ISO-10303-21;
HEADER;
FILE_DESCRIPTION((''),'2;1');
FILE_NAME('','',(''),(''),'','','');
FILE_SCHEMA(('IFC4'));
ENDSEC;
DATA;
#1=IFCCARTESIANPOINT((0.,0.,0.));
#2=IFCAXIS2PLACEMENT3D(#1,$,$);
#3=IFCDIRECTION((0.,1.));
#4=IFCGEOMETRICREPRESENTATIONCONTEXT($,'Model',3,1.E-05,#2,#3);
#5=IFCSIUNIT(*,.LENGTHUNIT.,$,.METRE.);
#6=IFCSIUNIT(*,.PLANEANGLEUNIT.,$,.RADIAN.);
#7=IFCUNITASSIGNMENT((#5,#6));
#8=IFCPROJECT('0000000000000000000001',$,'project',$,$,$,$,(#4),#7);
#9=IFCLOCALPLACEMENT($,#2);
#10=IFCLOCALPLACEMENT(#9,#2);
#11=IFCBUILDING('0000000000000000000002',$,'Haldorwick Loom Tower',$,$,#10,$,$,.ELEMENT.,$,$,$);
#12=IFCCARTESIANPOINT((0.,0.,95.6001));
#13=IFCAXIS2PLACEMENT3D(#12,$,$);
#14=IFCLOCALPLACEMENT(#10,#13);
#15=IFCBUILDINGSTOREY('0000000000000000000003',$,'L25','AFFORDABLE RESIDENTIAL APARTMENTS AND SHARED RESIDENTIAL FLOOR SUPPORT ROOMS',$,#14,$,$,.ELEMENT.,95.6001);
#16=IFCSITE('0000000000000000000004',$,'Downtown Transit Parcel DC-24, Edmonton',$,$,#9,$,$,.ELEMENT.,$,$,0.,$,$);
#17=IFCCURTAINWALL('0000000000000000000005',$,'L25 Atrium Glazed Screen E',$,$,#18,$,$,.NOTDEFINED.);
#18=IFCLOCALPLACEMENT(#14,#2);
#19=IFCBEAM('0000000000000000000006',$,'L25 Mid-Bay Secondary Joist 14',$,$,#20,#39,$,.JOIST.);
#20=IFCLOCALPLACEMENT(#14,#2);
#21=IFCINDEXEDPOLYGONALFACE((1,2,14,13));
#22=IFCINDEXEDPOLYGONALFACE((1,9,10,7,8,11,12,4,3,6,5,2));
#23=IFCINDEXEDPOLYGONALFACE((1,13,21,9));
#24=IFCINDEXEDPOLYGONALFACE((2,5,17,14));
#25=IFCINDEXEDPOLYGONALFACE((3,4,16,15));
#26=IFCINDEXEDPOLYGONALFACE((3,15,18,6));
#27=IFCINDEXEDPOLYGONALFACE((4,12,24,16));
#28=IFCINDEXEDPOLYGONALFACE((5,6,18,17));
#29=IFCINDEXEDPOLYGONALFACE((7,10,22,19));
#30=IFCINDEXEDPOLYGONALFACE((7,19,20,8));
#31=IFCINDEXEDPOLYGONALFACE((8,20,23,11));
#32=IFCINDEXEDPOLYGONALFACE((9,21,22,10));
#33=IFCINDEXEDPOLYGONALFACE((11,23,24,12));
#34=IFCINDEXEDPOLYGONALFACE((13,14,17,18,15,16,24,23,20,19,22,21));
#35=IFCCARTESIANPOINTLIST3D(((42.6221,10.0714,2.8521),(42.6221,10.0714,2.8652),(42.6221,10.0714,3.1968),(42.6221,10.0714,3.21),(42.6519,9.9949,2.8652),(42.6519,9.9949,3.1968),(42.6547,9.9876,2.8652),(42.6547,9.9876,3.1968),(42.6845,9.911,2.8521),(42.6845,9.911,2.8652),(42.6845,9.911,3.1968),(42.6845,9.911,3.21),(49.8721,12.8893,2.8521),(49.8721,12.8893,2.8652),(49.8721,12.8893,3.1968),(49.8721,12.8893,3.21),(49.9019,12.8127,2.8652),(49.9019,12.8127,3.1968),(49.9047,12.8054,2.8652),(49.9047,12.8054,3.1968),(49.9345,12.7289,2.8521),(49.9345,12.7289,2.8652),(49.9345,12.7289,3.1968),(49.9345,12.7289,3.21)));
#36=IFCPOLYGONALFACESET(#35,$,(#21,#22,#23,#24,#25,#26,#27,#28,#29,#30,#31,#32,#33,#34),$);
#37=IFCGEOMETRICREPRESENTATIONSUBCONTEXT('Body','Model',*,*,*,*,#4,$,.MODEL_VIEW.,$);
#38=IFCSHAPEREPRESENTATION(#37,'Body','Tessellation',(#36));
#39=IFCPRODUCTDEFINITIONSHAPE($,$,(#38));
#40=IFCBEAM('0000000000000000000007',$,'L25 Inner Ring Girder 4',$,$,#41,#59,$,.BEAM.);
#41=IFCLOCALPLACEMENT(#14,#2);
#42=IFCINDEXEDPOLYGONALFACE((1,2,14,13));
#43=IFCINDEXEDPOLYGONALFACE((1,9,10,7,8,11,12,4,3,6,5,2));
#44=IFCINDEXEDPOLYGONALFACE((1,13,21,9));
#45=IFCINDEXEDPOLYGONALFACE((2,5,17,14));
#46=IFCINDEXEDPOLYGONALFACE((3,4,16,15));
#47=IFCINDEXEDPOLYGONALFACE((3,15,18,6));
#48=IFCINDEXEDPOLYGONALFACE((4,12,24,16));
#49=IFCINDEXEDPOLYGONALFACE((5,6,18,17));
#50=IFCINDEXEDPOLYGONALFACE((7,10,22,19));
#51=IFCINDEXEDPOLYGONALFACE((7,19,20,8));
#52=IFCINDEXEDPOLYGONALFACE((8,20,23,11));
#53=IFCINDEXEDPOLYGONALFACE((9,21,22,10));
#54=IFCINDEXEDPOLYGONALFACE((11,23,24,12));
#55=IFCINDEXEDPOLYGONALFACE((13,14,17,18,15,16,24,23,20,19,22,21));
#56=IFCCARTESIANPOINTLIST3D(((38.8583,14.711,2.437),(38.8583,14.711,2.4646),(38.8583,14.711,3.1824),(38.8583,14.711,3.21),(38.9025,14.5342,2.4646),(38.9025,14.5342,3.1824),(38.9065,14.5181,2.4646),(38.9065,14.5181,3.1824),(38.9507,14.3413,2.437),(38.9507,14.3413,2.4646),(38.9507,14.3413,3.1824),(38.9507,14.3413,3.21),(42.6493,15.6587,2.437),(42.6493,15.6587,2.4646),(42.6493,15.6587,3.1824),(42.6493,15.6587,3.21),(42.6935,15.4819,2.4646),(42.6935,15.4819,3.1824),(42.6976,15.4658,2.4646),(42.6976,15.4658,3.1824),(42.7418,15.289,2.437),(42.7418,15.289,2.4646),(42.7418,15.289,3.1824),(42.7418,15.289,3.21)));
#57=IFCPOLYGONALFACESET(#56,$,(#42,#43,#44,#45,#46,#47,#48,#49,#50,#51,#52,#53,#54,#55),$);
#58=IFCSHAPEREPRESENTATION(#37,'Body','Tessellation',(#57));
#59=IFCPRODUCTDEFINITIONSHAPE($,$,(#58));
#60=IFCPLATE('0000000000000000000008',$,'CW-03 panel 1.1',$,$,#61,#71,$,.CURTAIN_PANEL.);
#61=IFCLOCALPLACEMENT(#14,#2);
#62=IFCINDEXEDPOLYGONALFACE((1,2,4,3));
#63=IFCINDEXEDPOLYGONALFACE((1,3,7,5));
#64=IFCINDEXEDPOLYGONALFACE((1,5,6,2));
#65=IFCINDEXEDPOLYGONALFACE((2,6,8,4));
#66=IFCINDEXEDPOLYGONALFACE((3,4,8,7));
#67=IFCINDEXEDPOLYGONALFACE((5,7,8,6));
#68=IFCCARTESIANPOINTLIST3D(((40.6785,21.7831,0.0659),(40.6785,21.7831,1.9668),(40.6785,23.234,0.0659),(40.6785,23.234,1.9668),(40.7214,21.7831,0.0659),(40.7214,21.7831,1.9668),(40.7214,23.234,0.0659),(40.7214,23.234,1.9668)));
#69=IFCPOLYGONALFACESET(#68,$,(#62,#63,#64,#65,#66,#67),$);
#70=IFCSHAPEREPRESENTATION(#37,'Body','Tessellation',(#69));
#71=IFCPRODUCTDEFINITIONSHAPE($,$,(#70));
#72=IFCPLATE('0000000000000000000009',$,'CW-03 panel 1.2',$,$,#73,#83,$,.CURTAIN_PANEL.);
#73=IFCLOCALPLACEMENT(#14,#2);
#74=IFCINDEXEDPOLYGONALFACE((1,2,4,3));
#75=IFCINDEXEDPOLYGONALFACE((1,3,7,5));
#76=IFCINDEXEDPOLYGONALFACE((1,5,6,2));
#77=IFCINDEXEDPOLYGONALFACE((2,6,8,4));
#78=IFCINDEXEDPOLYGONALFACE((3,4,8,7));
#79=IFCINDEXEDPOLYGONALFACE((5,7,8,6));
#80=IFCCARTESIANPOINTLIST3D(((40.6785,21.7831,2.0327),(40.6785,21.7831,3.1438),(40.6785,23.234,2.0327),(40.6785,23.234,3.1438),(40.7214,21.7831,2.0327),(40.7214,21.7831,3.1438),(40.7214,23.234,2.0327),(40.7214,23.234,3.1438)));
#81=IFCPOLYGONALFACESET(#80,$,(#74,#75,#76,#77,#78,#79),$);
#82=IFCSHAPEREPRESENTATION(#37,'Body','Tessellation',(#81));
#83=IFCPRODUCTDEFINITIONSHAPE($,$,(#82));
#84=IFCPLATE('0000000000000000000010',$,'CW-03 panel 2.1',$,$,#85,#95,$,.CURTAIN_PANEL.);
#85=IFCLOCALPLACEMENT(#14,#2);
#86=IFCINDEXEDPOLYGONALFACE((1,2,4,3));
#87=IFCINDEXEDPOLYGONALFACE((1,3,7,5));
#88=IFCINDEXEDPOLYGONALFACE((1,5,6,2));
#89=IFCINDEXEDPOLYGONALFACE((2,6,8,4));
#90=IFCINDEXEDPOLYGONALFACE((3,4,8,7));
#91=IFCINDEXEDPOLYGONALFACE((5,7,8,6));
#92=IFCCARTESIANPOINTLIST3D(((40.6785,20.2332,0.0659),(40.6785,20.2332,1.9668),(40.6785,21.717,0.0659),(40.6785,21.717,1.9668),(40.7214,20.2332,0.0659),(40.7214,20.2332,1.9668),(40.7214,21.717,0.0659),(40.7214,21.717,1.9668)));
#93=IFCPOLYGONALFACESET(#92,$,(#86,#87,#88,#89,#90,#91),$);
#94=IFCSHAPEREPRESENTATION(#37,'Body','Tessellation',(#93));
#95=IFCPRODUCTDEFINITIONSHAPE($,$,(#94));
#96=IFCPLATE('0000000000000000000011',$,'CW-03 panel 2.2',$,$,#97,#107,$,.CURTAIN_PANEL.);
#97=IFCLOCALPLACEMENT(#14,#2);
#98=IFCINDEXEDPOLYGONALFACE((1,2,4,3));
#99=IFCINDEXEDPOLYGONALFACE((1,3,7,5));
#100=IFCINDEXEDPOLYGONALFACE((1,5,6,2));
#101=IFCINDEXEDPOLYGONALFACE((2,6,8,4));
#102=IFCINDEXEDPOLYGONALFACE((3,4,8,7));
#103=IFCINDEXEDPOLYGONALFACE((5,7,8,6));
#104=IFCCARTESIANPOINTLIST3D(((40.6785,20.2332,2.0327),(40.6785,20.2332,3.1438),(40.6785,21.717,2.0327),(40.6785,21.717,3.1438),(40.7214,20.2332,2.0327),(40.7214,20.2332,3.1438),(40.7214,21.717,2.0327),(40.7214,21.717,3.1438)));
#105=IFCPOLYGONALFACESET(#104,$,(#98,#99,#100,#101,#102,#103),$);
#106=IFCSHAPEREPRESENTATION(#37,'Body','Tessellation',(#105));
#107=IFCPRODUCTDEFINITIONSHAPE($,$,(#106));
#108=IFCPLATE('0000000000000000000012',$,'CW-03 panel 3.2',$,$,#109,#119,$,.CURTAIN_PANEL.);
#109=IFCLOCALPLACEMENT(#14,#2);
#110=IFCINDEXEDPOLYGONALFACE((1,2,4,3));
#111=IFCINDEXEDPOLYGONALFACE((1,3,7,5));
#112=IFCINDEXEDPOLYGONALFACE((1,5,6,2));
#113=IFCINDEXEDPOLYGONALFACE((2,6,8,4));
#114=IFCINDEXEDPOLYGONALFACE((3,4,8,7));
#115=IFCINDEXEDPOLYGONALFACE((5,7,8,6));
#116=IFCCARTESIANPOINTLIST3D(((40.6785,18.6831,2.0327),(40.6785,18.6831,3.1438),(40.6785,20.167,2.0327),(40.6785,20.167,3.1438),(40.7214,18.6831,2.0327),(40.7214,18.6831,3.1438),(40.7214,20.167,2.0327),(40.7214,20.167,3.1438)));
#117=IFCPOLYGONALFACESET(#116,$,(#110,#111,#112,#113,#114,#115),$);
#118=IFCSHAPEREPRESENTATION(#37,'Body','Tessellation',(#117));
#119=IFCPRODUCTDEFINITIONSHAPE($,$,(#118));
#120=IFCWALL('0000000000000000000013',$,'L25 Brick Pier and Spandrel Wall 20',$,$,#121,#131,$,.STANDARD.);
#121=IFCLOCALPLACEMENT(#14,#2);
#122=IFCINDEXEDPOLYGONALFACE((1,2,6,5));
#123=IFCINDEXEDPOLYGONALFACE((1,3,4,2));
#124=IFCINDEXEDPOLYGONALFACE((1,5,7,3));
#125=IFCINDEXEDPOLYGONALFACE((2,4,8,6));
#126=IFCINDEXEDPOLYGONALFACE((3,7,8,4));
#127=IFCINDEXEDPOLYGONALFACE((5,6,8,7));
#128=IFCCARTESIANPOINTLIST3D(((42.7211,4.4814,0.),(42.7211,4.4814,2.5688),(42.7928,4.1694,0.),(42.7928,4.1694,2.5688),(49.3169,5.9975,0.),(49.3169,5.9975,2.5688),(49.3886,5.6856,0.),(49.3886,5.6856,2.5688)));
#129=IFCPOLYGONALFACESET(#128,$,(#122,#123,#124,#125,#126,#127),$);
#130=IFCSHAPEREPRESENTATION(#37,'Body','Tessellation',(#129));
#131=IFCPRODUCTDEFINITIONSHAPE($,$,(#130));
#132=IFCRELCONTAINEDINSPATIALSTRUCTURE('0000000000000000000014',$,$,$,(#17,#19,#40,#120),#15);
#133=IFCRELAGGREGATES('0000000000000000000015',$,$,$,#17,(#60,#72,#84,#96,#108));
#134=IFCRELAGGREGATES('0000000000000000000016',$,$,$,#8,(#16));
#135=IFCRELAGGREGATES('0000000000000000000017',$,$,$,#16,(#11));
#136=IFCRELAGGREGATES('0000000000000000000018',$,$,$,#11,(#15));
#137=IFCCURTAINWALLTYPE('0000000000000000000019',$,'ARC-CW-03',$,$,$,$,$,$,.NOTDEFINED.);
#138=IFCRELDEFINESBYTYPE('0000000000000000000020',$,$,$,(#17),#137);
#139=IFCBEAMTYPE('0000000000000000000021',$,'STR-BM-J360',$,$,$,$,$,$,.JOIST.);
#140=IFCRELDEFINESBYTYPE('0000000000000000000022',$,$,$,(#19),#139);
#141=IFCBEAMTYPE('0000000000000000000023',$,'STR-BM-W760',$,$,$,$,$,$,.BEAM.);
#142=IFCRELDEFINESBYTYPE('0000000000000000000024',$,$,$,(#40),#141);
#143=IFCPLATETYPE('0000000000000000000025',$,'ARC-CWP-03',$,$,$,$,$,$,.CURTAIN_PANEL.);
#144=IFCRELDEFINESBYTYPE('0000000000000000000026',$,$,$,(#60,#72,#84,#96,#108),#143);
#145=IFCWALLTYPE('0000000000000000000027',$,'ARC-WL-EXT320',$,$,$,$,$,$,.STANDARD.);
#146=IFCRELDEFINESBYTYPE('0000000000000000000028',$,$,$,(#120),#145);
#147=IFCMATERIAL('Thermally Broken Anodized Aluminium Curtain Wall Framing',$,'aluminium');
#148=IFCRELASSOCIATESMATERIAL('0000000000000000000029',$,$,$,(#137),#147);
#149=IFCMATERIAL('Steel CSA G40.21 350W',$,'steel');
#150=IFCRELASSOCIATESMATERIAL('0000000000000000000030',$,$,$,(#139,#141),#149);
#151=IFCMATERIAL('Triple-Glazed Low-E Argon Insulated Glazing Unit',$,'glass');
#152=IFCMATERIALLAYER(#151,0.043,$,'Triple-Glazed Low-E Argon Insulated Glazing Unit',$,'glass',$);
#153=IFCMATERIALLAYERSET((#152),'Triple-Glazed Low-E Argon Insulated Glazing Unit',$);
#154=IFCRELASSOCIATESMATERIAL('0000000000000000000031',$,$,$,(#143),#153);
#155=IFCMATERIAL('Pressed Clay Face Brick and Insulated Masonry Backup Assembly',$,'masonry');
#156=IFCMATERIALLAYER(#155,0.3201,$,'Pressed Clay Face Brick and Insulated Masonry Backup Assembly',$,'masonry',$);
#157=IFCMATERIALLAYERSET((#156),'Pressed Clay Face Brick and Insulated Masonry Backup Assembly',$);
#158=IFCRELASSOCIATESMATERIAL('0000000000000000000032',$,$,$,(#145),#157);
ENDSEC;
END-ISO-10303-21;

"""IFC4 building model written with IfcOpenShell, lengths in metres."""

from ifc_helpers import new_model, si_unit, direction, frame, frame_2d, origin, origin_2d, place, context, subcontext, project, spatial, rectangle, i_section, extrude, material, layer, layer_set, material_profile, profile_set, type_object, element, aggregate, save


model = new_model("IFC4")

# Units and contexts
model_context = context("Model", 3, precision=1e-05, world=origin(), true_north=direction((0.0, 1.0)))
body_context = subcontext(model_context, "Body", "Model", "MODEL_VIEW")
ifc_project = project(units=[si_unit("LENGTHUNIT", "METRE"), si_unit("PLANEANGLEUNIT", "RADIAN")], contexts=[model_context])

# Site, building, storey
site_placement = place(None, origin())
site = spatial("IfcSite", under=ifc_project, at=site_placement, Name="Downtown Transit Parcel DC-24, Edmonton", CompositionType="ELEMENT", RefElevation=0.0)
building_placement = place(site_placement, origin())
building = spatial("IfcBuilding", under=site, at=building_placement, Name="Haldorwick Loom Tower", CompositionType="ELEMENT")
storey_placement = place(building_placement, frame((0.0, 0.0, 95.6001)))
storey = spatial("IfcBuildingStorey", under=building, at=storey_placement, Name="L25", Description="AFFORDABLE RESIDENTIAL APARTMENTS AND SHARED RESIDENTIAL FLOOR SUPPORT ROOMS", CompositionType="ELEMENT", Elevation=95.6001)

# Curtain wall
ifc_material_1 = material(Name="Thermally Broken Anodized Aluminium Curtain Wall Framing", Category="aluminium")
curtain_wall_type = type_object("IfcCurtainWallType", Name="ARC-CW-03", PredefinedType="NOTDEFINED", material=ifc_material_1)
curtain_wall_placement = place(storey_placement, origin())
curtain_wall = element("IfcCurtainWall", 1, at=curtain_wall_placement, inside=storey, type_object=curtain_wall_type, Name="L25 Atrium Glazed Screen E", PredefinedType="NOTDEFINED")

# Beams
ifc_material_2 = material(Name="Steel CSA G40.21 350W", Category="steel")
ifc_material_profile_1 = material_profile(ifc_material_2, i_section(OverallWidth=0.1721, OverallDepth=0.3579, WebThickness=0.0078, FlangeThickness=0.0132, at=origin_2d()), Name="W360X57", Category="steel")
ifc_profile_set_1 = profile_set([ifc_material_profile_1], Name="Steel CSA G40.21 350W")
beam_type_1 = type_object("IfcBeamType", Name="STR-BM-J360", PredefinedType="JOIST", material=ifc_profile_set_1)
beam_1_placement = place(storey_placement, frame((42.6533, 9.9912, 3.031), z_axis=(0.932073, 0.362271, 0.0), x_axis=(-0.362271, 0.932073, 0.0)))
element("IfcBeam", 2, at=beam_1_placement, inside=storey, type_object=beam_type_1, Name="L25 Mid-Bay Secondary Joist 14", PredefinedType="JOIST", context=body_context, shape_type="SweptSolid", body=[
    extrude(i_section(OverallWidth=0.1721, OverallDepth=0.3579, WebThickness=0.0078, FlangeThickness=0.0132, at=origin_2d()), origin(), (0.0, 0.0, 1.0), 7.7783),
])
ifc_material_profile_2 = material_profile(ifc_material_2, i_section(OverallWidth=0.3811, OverallDepth=0.7729, WebThickness=0.0166, FlangeThickness=0.0276, at=origin_2d()), Name="W760X257", Category="steel")
ifc_profile_set_2 = profile_set([ifc_material_profile_2], Name="Steel CSA G40.21 350W")
beam_type_2 = type_object("IfcBeamType", Name="STR-BM-W760", PredefinedType="BEAM", material=ifc_profile_set_2)
beam_2_placement = place(storey_placement, frame((42.6956, 15.4739, 2.8235), z_axis=(-0.970143, -0.242536, 0.0), x_axis=(0.242536, -0.970143, 0.0)))
element("IfcBeam", 3, at=beam_2_placement, inside=storey, type_object=beam_type_2, Name="L25 Inner Ring Girder 4", PredefinedType="BEAM", context=body_context, shape_type="SweptSolid", body=[
    extrude(i_section(OverallWidth=0.3811, OverallDepth=0.7729, WebThickness=0.0166, FlangeThickness=0.0276, at=origin_2d()), origin(), (0.0, 0.0, 1.0), 3.9077),
])

# Plates
ifc_material_3 = material(Name="Triple-Glazed Low-E Argon Insulated Glazing Unit", Category="glass")
ifc_layer_1 = layer(ifc_material_3, 0.043, Name="Triple-Glazed Low-E Argon Insulated Glazing Unit", Category="glass")
ifc_layer_set_1 = layer_set([ifc_layer_1], Name="Triple-Glazed Low-E Argon Insulated Glazing Unit")
plate_type = type_object("IfcPlateType", Name="ARC-CWP-03", PredefinedType="CURTAIN_PANEL", material=ifc_layer_set_1)
plate_1_placement = place(storey_placement, frame((40.7, 22.5085, 0.0659), z_axis=(0.0, 0.0, 1.0), x_axis=(0.0, -1.0, 0.0)))
plate_1 = element("IfcPlate", 4, at=plate_1_placement, type_object=plate_type, Name="CW-03 panel 1.1", PredefinedType="CURTAIN_PANEL", context=body_context, shape_type="SweptSolid", body=[
    extrude(rectangle(XDim=1.4509, YDim=0.043, at=origin_2d()), origin(), (0.0, 0.0, 1.0), 1.9009),
])
plate_2_placement = place(storey_placement, frame((40.7, 22.5085, 2.0327), z_axis=(0.0, 0.0, 1.0), x_axis=(0.0, -1.0, 0.0)))
plate_2 = element("IfcPlate", 5, at=plate_2_placement, type_object=plate_type, Name="CW-03 panel 1.2", PredefinedType="CURTAIN_PANEL", context=body_context, shape_type="SweptSolid", body=[
    extrude(rectangle(XDim=1.4509, YDim=0.043, at=origin_2d()), origin(), (0.0, 0.0, 1.0), 1.1111),
])
plate_3_placement = place(storey_placement, frame((40.7, 20.9751, 0.0659), z_axis=(0.0, 0.0, 1.0), x_axis=(0.0, -1.0, 0.0)))
plate_3 = element("IfcPlate", 6, at=plate_3_placement, type_object=plate_type, Name="CW-03 panel 2.1", PredefinedType="CURTAIN_PANEL", context=body_context, shape_type="SweptSolid", body=[
    extrude(rectangle(XDim=1.4839, YDim=0.043, at=origin_2d()), origin(), (0.0, 0.0, 1.0), 1.9009),
])
plate_4_placement = place(storey_placement, frame((40.7, 20.9751, 2.0327), z_axis=(0.0, 0.0, 1.0), x_axis=(0.0, -1.0, 0.0)))
plate_4 = element("IfcPlate", 7, at=plate_4_placement, type_object=plate_type, Name="CW-03 panel 2.2", PredefinedType="CURTAIN_PANEL", context=body_context, shape_type="SweptSolid", body=[
    extrude(rectangle(XDim=1.4839, YDim=0.043, at=origin_2d()), origin(), (0.0, 0.0, 1.0), 1.1111),
])
plate_5_placement = place(storey_placement, frame((40.7, 19.425, 2.0327), z_axis=(0.0, 0.0, 1.0), x_axis=(0.0, -1.0, 0.0)))
plate_5 = element("IfcPlate", 8, at=plate_5_placement, type_object=plate_type, Name="CW-03 panel 3.2", PredefinedType="CURTAIN_PANEL", context=body_context, shape_type="SweptSolid", body=[
    extrude(rectangle(XDim=1.4839, YDim=0.043, at=origin_2d()), origin(), (0.0, 0.0, 1.0), 1.1111),
])
aggregate(curtain_wall, [plate_1, plate_2, plate_3, plate_4, plate_5])

# Wall
ifc_material_4 = material(Name="Pressed Clay Face Brick and Insulated Masonry Backup Assembly", Category="masonry")
ifc_layer_2 = layer(ifc_material_4, 0.3201, Name="Pressed Clay Face Brick and Insulated Masonry Backup Assembly", Category="masonry")
ifc_layer_set_2 = layer_set([ifc_layer_2], Name="Pressed Clay Face Brick and Insulated Masonry Backup Assembly")
wall_type_1 = type_object("IfcWallType", Name="ARC-WL-EXT320", PredefinedType="STANDARD", material=ifc_layer_set_2)
wall_1_placement = place(storey_placement, frame((42.7571, 4.3254, 0.0), z_axis=(0.0, 0.0, 1.0), x_axis=(0.974584, 0.224022, 0.0)))
element("IfcWall", 9, at=wall_1_placement, inside=storey, type_object=wall_type_1, Name="L25 Brick Pier and Spandrel Wall 20", PredefinedType="STANDARD", context=body_context, shape_type="SweptSolid", body=[
    extrude(rectangle(XDim=6.7678, YDim=0.3201, at=frame_2d((3.3838, 0.0))), origin(), (0.0, 0.0, 1.0), 2.5688),
])

save(model, "model.ifc")
